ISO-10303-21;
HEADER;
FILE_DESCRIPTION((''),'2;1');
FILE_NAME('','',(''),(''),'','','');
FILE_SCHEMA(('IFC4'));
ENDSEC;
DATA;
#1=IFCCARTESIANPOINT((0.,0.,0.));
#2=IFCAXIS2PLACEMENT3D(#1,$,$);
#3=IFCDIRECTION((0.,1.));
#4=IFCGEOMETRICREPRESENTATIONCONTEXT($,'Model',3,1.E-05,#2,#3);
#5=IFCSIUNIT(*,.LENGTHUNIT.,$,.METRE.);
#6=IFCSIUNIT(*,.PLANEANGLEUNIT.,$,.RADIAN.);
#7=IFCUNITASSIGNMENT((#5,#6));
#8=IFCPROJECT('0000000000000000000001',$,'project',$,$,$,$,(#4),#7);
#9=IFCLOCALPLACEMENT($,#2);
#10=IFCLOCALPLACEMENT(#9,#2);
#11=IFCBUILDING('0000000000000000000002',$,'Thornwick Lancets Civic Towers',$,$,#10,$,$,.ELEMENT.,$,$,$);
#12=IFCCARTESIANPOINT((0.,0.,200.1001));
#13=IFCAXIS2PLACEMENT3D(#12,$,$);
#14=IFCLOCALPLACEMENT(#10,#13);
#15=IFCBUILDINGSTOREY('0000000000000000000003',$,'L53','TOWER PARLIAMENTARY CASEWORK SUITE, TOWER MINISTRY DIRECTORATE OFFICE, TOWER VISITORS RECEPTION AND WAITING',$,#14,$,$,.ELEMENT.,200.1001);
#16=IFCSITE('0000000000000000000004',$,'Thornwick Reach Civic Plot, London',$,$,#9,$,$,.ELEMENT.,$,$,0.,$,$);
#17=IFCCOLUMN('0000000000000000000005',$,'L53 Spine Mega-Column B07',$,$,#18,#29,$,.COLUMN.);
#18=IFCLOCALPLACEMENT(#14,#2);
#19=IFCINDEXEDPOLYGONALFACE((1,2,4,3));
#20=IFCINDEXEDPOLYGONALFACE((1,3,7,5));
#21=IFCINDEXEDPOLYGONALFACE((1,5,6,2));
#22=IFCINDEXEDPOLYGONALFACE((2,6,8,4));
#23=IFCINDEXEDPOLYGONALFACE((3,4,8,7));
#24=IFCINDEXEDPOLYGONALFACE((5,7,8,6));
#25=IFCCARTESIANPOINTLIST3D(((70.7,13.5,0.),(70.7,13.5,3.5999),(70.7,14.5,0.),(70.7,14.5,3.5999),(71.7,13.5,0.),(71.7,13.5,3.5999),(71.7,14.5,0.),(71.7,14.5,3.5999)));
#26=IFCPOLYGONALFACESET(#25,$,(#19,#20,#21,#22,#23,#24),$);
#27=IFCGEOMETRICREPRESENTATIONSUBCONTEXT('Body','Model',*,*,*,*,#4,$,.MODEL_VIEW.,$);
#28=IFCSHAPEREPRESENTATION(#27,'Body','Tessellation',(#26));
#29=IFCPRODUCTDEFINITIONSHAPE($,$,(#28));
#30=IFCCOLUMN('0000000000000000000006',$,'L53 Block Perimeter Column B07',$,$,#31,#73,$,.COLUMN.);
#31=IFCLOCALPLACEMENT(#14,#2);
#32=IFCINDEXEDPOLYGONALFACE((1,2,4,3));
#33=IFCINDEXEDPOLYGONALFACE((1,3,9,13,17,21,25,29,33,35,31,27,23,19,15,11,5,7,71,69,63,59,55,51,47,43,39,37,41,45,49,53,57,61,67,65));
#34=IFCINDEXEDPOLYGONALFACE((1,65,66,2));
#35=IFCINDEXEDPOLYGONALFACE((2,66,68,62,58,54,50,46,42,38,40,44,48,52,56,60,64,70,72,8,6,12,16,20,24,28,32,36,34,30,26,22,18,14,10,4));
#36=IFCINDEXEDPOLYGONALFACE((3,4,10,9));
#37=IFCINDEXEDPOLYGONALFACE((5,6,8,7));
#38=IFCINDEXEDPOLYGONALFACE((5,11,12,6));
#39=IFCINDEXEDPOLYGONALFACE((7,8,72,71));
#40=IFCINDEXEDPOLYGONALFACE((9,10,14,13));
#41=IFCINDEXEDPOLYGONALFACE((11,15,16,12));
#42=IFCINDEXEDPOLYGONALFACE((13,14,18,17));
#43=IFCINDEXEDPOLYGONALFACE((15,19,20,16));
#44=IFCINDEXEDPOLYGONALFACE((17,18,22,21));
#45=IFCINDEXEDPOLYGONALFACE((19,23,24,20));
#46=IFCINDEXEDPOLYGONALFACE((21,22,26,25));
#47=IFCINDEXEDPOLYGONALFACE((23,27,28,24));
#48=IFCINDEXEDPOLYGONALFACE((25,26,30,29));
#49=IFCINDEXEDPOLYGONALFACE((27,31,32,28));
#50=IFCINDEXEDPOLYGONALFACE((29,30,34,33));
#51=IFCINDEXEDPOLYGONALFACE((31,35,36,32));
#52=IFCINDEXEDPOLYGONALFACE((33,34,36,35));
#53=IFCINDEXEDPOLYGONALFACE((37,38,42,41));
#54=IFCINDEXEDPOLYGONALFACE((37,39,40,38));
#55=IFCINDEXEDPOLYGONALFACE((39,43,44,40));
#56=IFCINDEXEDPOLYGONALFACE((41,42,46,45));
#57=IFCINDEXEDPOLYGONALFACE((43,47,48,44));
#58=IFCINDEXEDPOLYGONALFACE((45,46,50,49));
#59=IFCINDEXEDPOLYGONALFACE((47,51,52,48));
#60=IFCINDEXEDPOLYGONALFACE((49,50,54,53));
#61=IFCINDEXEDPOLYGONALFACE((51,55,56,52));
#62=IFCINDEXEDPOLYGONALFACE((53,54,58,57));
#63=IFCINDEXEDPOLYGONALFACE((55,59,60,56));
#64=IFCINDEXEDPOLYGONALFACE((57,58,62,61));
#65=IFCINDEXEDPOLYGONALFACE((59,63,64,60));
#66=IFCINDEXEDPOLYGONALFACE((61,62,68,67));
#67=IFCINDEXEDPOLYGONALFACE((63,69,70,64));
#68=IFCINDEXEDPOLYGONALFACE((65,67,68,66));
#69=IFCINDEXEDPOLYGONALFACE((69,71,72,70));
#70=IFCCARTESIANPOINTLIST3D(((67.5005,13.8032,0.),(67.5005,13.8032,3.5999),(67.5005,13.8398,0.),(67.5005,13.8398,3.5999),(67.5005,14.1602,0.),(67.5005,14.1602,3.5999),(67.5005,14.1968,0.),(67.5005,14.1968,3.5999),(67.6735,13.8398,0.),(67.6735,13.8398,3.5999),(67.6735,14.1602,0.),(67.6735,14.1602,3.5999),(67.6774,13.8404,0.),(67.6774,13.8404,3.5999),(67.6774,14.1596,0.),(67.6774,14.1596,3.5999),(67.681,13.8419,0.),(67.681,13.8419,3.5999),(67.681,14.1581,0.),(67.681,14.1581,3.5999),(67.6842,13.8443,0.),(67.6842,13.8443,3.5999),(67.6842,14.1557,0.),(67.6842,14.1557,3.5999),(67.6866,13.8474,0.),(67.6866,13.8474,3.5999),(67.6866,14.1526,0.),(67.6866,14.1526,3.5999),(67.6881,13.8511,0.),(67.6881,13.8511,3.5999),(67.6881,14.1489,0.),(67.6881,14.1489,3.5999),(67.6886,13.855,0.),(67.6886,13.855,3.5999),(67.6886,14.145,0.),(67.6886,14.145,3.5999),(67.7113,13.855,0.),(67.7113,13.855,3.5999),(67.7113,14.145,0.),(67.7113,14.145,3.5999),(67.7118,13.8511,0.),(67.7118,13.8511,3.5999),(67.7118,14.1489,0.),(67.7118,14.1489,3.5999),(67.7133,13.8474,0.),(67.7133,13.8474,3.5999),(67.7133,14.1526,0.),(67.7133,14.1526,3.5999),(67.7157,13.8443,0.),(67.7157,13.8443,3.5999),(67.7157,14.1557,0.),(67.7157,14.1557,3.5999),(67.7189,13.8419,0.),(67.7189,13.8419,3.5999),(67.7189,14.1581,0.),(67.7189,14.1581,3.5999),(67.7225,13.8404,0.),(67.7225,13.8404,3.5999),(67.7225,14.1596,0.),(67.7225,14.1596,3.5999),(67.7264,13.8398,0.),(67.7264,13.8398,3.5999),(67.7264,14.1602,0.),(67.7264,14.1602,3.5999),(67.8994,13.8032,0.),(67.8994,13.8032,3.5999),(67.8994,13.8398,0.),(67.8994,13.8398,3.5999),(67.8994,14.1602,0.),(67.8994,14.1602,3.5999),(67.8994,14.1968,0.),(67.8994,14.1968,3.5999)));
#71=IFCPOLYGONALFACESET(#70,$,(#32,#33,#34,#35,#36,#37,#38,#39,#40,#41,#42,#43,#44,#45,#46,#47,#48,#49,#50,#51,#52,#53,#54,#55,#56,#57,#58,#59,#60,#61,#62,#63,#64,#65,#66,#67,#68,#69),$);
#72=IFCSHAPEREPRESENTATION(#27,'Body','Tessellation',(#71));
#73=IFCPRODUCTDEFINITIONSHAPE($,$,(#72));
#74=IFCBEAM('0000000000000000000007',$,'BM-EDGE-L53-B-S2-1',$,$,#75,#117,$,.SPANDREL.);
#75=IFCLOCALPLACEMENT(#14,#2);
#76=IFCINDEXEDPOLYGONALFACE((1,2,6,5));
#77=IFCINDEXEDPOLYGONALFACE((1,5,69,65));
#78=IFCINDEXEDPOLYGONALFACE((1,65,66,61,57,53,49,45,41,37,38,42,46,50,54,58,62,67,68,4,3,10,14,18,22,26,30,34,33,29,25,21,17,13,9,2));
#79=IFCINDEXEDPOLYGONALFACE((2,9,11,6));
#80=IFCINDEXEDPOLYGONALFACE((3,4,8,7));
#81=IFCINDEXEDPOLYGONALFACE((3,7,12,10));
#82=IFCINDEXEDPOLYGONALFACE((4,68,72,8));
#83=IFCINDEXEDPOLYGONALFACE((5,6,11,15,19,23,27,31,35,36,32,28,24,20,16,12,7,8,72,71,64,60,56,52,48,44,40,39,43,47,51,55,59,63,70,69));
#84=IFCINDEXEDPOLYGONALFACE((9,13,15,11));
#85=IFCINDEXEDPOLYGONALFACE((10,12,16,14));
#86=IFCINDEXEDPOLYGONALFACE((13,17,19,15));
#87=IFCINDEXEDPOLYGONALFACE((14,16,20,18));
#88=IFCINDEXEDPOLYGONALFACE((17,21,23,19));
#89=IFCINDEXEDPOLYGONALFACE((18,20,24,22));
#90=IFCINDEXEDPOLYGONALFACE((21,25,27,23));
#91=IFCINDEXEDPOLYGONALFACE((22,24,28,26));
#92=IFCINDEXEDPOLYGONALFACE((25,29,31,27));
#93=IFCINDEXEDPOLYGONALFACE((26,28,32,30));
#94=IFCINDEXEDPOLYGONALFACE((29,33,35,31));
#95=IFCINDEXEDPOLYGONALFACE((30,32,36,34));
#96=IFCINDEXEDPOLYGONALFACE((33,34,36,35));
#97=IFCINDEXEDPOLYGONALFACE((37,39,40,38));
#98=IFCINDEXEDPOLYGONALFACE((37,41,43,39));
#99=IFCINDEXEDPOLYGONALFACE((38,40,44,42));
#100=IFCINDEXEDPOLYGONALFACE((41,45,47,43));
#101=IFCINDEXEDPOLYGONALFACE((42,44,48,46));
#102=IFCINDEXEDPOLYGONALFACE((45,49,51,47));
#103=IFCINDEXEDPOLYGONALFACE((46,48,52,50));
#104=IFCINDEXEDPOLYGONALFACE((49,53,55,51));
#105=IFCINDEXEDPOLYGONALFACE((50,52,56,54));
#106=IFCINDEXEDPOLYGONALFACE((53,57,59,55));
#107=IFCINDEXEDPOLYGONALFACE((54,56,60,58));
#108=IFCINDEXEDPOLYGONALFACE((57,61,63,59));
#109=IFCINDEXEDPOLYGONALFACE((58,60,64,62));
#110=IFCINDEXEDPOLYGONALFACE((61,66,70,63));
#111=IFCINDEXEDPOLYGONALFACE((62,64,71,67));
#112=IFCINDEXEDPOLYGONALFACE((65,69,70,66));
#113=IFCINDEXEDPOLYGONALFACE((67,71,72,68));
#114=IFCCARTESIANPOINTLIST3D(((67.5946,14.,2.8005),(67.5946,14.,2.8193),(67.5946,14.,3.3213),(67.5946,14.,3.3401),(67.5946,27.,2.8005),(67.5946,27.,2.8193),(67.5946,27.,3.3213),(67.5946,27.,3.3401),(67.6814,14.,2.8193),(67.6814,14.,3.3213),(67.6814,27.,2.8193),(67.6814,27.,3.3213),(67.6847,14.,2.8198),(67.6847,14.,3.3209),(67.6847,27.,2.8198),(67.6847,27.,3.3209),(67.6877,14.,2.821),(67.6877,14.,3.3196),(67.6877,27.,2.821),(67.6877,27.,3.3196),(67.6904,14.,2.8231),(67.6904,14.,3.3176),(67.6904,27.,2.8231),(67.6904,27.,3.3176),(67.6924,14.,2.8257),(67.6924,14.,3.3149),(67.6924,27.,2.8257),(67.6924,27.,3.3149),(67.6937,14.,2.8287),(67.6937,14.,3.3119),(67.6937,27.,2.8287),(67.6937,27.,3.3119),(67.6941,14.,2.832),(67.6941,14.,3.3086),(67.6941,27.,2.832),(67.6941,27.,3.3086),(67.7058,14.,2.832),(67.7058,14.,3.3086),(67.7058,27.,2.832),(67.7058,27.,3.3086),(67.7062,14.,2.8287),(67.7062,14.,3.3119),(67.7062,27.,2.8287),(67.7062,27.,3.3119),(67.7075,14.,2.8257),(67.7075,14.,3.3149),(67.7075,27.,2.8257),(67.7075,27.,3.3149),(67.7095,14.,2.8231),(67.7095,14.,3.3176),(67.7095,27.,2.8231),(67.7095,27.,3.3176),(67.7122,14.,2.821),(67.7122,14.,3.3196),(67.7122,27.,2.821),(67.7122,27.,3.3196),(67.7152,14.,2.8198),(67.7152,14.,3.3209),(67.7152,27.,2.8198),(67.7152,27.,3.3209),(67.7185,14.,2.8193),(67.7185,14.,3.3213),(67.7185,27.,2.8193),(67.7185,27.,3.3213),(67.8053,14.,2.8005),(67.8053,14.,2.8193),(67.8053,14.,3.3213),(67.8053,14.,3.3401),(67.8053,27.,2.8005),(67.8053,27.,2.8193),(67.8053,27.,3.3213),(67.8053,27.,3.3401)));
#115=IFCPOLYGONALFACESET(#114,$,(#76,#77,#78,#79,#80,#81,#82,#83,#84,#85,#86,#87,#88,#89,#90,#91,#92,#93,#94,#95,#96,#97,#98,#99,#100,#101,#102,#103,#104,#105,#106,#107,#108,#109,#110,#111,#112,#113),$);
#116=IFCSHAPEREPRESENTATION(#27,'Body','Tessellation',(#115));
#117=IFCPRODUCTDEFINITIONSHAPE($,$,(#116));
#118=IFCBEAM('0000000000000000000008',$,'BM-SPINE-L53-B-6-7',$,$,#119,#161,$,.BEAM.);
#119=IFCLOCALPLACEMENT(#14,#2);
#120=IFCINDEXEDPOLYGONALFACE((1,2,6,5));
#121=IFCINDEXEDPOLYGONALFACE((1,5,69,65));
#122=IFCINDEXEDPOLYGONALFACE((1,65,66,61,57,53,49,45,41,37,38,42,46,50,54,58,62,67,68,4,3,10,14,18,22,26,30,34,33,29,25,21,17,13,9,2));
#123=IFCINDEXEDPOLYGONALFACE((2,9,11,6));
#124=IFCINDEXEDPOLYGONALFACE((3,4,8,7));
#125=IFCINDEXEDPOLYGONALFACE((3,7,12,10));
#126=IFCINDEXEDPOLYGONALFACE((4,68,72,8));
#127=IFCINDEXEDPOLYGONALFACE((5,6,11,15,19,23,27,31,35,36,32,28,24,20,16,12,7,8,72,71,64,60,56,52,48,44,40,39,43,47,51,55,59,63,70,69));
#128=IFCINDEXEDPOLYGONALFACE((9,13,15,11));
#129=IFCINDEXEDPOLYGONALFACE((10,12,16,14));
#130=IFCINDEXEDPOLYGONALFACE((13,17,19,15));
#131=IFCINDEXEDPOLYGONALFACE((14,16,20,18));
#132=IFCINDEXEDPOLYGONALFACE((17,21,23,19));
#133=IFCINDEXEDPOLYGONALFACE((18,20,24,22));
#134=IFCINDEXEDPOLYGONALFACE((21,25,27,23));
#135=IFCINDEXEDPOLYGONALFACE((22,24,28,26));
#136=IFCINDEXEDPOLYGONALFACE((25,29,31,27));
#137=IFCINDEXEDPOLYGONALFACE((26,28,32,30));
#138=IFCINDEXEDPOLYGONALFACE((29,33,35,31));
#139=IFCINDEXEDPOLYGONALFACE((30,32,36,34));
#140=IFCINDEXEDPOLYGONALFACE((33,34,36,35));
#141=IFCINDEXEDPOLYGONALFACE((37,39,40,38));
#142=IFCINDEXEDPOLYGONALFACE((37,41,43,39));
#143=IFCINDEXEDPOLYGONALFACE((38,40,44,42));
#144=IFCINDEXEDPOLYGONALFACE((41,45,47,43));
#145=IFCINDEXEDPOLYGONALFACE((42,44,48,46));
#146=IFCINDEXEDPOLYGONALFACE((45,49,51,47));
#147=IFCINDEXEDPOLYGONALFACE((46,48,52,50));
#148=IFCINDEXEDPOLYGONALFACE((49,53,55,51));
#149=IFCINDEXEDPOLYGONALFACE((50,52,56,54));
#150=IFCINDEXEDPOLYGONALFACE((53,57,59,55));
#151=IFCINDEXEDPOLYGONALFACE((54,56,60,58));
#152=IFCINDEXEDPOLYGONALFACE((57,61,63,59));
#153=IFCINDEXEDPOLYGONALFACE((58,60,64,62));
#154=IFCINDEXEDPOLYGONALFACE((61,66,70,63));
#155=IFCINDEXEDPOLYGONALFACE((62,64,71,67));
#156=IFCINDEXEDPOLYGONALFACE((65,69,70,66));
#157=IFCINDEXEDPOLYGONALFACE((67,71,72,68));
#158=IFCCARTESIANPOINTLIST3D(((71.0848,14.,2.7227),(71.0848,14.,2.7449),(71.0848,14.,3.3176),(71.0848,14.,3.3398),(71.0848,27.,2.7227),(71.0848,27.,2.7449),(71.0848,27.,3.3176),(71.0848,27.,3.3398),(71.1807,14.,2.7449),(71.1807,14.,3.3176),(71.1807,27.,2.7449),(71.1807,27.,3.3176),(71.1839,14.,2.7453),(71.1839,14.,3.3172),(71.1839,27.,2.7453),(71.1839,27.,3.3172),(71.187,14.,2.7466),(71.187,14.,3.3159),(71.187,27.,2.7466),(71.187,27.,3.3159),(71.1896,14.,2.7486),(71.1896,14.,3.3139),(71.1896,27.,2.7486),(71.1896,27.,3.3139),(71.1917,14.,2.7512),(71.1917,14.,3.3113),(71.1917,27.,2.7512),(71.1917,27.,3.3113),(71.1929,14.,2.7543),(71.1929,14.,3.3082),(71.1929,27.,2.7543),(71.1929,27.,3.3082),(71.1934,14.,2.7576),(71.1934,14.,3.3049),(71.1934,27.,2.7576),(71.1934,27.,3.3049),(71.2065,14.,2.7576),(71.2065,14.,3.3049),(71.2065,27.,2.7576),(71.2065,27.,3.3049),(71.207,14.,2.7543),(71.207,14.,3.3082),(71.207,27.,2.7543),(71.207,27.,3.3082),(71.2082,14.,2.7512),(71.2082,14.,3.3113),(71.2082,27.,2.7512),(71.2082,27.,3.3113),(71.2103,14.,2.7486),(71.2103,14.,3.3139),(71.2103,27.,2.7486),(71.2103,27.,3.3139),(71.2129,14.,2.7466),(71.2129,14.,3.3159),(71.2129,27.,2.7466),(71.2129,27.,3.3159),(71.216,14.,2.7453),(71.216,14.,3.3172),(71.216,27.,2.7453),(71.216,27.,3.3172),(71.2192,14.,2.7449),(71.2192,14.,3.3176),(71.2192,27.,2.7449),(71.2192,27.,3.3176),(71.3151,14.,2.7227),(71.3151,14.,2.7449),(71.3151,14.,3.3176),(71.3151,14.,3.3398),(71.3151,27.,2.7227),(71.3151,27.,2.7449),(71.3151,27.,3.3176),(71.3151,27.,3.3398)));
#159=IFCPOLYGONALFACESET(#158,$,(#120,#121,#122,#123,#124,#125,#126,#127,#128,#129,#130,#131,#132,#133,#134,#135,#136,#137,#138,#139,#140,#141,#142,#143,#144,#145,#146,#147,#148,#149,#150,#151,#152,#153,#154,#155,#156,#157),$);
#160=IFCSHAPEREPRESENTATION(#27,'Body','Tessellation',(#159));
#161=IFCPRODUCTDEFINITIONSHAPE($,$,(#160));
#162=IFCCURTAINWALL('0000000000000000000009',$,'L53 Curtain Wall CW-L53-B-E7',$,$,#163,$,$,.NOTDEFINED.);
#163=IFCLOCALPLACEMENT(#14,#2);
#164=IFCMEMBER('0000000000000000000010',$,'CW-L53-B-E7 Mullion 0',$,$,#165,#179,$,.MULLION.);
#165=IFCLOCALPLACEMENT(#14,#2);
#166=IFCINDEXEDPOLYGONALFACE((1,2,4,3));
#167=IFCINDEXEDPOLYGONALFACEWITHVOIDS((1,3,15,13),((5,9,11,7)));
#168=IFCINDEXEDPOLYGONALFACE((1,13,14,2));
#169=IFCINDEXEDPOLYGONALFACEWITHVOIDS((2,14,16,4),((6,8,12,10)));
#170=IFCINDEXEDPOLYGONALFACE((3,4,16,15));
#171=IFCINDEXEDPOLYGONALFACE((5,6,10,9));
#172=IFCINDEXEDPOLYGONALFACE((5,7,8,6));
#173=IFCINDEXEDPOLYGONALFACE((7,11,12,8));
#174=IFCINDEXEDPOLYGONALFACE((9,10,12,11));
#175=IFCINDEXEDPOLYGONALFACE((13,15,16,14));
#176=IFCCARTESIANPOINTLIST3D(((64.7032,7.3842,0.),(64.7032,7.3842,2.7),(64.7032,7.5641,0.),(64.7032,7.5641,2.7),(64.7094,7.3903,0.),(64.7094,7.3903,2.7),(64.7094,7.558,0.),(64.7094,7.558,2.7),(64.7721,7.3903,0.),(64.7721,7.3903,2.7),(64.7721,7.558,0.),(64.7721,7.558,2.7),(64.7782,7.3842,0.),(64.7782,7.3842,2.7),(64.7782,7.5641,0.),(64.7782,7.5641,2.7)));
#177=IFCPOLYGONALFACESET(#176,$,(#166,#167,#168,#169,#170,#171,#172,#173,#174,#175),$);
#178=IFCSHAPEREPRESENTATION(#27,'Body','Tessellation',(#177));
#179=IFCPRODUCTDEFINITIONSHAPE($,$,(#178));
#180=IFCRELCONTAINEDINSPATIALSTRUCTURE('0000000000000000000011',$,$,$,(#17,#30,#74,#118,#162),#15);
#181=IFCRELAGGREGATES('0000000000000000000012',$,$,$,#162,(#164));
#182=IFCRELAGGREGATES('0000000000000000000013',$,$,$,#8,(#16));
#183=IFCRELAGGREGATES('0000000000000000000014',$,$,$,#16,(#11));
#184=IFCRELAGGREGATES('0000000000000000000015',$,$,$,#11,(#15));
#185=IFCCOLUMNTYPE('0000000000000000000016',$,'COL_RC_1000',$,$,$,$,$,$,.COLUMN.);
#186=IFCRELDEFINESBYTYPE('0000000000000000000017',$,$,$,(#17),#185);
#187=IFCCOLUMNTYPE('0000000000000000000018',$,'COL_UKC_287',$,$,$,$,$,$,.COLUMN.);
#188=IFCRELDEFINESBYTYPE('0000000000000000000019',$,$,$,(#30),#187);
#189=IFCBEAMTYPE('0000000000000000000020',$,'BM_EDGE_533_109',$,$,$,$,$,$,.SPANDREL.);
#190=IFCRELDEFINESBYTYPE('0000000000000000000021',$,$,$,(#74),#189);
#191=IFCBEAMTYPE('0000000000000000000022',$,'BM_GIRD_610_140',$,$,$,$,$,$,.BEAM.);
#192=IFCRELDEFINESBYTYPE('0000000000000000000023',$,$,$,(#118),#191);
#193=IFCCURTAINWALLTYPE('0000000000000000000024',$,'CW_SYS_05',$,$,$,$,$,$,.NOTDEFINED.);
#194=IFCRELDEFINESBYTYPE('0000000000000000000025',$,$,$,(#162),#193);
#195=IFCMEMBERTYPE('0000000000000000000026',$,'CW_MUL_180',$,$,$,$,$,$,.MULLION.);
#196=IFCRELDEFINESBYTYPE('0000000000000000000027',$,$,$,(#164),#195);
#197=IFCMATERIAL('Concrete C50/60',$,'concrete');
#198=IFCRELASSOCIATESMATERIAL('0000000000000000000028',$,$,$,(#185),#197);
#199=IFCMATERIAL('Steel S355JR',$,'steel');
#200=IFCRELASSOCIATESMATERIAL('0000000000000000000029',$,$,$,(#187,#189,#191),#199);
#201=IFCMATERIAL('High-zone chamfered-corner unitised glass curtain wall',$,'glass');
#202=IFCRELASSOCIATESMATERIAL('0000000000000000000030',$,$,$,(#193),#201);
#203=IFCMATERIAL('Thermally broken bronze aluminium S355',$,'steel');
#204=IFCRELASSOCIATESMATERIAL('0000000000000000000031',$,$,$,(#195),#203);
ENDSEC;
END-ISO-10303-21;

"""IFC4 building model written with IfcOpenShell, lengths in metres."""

from ifc_helpers import new_model, si_unit, direction, frame, origin, origin_2d, place, context, subcontext, project, spatial, rectangle, hollow_rectangle, i_section, extrude, material, material_profile, profile_set, type_object, element, aggregate, save


model = new_model("IFC4")

# Units and contexts
model_context = context("Model", 3, precision=1e-05, world=origin(), true_north=direction((0.0, 1.0)))
body_context = subcontext(model_context, "Body", "Model", "MODEL_VIEW")
ifc_project = project(units=[si_unit("LENGTHUNIT", "METRE"), si_unit("PLANEANGLEUNIT", "RADIAN")], contexts=[model_context])

# Site, building, storey
site_placement = place(None, origin())
site = spatial("IfcSite", under=ifc_project, at=site_placement, Name="Thornwick Reach Civic Plot, London", CompositionType="ELEMENT", RefElevation=0.0)
building_placement = place(site_placement, origin())
building = spatial("IfcBuilding", under=site, at=building_placement, Name="Thornwick Lancets Civic Towers", CompositionType="ELEMENT")
storey_placement = place(building_placement, frame((0.0, 0.0, 200.1001)))
storey = spatial("IfcBuildingStorey", under=building, at=storey_placement, Name="L53", Description="TOWER PARLIAMENTARY CASEWORK SUITE, TOWER MINISTRY DIRECTORATE OFFICE, TOWER VISITORS RECEPTION AND WAITING", CompositionType="ELEMENT", Elevation=200.1001)

# Columns
ifc_material_1 = material(Name="Concrete C50/60", Category="concrete")
ifc_material_profile_1 = material_profile(ifc_material_1, rectangle(XDim=1.0, YDim=1.0, at=origin_2d()), Name="RC 1000x1000")
ifc_profile_set_1 = profile_set([ifc_material_profile_1], Name="Concrete C50/60")
column_type_1 = type_object("IfcColumnType", Name="COL_RC_1000", PredefinedType="COLUMN", material=ifc_profile_set_1)
column_1_placement = place(storey_placement, frame((71.2, 14.0, 0.0), z_axis=(0.0, 0.0, 1.0), x_axis=(1.0, 0.0, 0.0)))
element("IfcColumn", 1, at=column_1_placement, inside=storey, type_object=column_type_1, Name="L53 Spine Mega-Column B07", PredefinedType="COLUMN", context=body_context, shape_type="SweptSolid", body=[
    extrude(rectangle(XDim=1.0, YDim=1.0, at=origin_2d()), origin(), (0.0, 0.0, 1.0), 3.5999),
])
ifc_material_2 = material(Name="Steel S355JR", Category="steel")
ifc_material_profile_2 = material_profile(ifc_material_2, i_section(OverallWidth=0.3989, OverallDepth=0.3936, WebThickness=0.0227, FlangeThickness=0.0366, FilletRadius=0.0151, at=origin_2d()), Name="UKC 356x406x287")
ifc_profile_set_2 = profile_set([ifc_material_profile_2], Name="Steel S355JR")
column_type_2 = type_object("IfcColumnType", Name="COL_UKC_287", PredefinedType="COLUMN", material=ifc_profile_set_2)
column_2_placement = place(storey_placement, frame((67.7, 14.0, 0.0), z_axis=(0.0, 0.0, 1.0), x_axis=(1.0, 0.0, 0.0)))
element("IfcColumn", 2, at=column_2_placement, inside=storey, type_object=column_type_2, Name="L53 Block Perimeter Column B07", PredefinedType="COLUMN", context=body_context, shape_type="SweptSolid", body=[
    extrude(i_section(OverallWidth=0.3989, OverallDepth=0.3936, WebThickness=0.0227, FlangeThickness=0.0366, FilletRadius=0.0151, at=origin_2d()), origin(), (0.0, 0.0, 1.0), 3.5999),
])

# Beams
ifc_material_profile_3 = material_profile(ifc_material_2, i_section(OverallWidth=0.2107, OverallDepth=0.5396, WebThickness=0.0117, FlangeThickness=0.0188, FilletRadius=0.0127, at=origin_2d()), Name="UKB 533x210x109")
ifc_profile_set_3 = profile_set([ifc_material_profile_3], Name="Steel S355JR")
beam_type_1 = type_object("IfcBeamType", Name="BM_EDGE_533_109", PredefinedType="SPANDREL", material=ifc_profile_set_3)
beam_1_placement = place(storey_placement, frame((67.7, 14.0, 3.0703), z_axis=(0.0, 1.0, 0.0), x_axis=(-1.0, 0.0, 0.0)))
element("IfcBeam", 3, at=beam_1_placement, inside=storey, type_object=beam_type_1, Name="BM-EDGE-L53-B-S2-1", PredefinedType="SPANDREL", context=body_context, shape_type="SweptSolid", body=[
    extrude(i_section(OverallWidth=0.2107, OverallDepth=0.5396, WebThickness=0.0117, FlangeThickness=0.0188, FilletRadius=0.0127, at=origin_2d()), origin(), (0.0, 0.0, 1.0), 13.0),
])
ifc_material_profile_4 = material_profile(ifc_material_2, i_section(OverallWidth=0.2302, OverallDepth=0.6172, WebThickness=0.0132, FlangeThickness=0.0222, FilletRadius=0.0127, at=origin_2d()), Name="UKB 610x229x140")
ifc_profile_set_4 = profile_set([ifc_material_profile_4], Name="Steel S355JR")
beam_type_2 = type_object("IfcBeamType", Name="BM_GIRD_610_140", PredefinedType="BEAM", material=ifc_profile_set_4)
beam_2_placement = place(storey_placement, frame((71.2, 14.0, 3.0312), z_axis=(0.0, 1.0, 0.0), x_axis=(-1.0, 0.0, 0.0)))
element("IfcBeam", 4, at=beam_2_placement, inside=storey, type_object=beam_type_2, Name="BM-SPINE-L53-B-6-7", PredefinedType="BEAM", context=body_context, shape_type="SweptSolid", body=[
    extrude(i_section(OverallWidth=0.2302, OverallDepth=0.6172, WebThickness=0.0132, FlangeThickness=0.0222, FilletRadius=0.0127, at=origin_2d()), origin(), (0.0, 0.0, 1.0), 13.0),
])

# Curtain wall, member
ifc_material_3 = material(Name="High-zone chamfered-corner unitised glass curtain wall", Category="glass")
curtain_wall_type = type_object("IfcCurtainWallType", Name="CW_SYS_05", PredefinedType="NOTDEFINED", material=ifc_material_3)
curtain_wall_placement = place(storey_placement, origin())
curtain_wall = element("IfcCurtainWall", 5, at=curtain_wall_placement, inside=storey, type_object=curtain_wall_type, Name="L53 Curtain Wall CW-L53-B-E7", PredefinedType="NOTDEFINED")
ifc_material_4 = material(Name="Thermally broken bronze aluminium S355", Category="steel")
ifc_material_profile_5 = material_profile(ifc_material_4, hollow_rectangle(XDim=0.075, YDim=0.1799, WallThickness=0.0061, at=origin_2d()), Name="RHS 180x75x6")
ifc_profile_set_5 = profile_set([ifc_material_profile_5], Name="Thermally broken bronze aluminium S355")
member_type_1 = type_object("IfcMemberType", Name="CW_MUL_180", PredefinedType="MULLION", material=ifc_profile_set_5)
member_1_placement = place(storey_placement, frame((64.7407, 7.4741, 0.0), z_axis=(0.0, 0.0, 1.0), x_axis=(1.0, 0.0, 0.0)))
member_1 = element("IfcMember", 6, at=member_1_placement, type_object=member_type_1, Name="CW-L53-B-E7 Mullion 0", PredefinedType="MULLION", context=body_context, shape_type="SweptSolid", body=[
    extrude(hollow_rectangle(XDim=0.075, YDim=0.1799, WallThickness=0.0061, at=origin_2d()), origin(), (0.0, 0.0, 1.0), 2.7),
])
aggregate(curtain_wall, [member_1])

save(model, "model.ifc")
